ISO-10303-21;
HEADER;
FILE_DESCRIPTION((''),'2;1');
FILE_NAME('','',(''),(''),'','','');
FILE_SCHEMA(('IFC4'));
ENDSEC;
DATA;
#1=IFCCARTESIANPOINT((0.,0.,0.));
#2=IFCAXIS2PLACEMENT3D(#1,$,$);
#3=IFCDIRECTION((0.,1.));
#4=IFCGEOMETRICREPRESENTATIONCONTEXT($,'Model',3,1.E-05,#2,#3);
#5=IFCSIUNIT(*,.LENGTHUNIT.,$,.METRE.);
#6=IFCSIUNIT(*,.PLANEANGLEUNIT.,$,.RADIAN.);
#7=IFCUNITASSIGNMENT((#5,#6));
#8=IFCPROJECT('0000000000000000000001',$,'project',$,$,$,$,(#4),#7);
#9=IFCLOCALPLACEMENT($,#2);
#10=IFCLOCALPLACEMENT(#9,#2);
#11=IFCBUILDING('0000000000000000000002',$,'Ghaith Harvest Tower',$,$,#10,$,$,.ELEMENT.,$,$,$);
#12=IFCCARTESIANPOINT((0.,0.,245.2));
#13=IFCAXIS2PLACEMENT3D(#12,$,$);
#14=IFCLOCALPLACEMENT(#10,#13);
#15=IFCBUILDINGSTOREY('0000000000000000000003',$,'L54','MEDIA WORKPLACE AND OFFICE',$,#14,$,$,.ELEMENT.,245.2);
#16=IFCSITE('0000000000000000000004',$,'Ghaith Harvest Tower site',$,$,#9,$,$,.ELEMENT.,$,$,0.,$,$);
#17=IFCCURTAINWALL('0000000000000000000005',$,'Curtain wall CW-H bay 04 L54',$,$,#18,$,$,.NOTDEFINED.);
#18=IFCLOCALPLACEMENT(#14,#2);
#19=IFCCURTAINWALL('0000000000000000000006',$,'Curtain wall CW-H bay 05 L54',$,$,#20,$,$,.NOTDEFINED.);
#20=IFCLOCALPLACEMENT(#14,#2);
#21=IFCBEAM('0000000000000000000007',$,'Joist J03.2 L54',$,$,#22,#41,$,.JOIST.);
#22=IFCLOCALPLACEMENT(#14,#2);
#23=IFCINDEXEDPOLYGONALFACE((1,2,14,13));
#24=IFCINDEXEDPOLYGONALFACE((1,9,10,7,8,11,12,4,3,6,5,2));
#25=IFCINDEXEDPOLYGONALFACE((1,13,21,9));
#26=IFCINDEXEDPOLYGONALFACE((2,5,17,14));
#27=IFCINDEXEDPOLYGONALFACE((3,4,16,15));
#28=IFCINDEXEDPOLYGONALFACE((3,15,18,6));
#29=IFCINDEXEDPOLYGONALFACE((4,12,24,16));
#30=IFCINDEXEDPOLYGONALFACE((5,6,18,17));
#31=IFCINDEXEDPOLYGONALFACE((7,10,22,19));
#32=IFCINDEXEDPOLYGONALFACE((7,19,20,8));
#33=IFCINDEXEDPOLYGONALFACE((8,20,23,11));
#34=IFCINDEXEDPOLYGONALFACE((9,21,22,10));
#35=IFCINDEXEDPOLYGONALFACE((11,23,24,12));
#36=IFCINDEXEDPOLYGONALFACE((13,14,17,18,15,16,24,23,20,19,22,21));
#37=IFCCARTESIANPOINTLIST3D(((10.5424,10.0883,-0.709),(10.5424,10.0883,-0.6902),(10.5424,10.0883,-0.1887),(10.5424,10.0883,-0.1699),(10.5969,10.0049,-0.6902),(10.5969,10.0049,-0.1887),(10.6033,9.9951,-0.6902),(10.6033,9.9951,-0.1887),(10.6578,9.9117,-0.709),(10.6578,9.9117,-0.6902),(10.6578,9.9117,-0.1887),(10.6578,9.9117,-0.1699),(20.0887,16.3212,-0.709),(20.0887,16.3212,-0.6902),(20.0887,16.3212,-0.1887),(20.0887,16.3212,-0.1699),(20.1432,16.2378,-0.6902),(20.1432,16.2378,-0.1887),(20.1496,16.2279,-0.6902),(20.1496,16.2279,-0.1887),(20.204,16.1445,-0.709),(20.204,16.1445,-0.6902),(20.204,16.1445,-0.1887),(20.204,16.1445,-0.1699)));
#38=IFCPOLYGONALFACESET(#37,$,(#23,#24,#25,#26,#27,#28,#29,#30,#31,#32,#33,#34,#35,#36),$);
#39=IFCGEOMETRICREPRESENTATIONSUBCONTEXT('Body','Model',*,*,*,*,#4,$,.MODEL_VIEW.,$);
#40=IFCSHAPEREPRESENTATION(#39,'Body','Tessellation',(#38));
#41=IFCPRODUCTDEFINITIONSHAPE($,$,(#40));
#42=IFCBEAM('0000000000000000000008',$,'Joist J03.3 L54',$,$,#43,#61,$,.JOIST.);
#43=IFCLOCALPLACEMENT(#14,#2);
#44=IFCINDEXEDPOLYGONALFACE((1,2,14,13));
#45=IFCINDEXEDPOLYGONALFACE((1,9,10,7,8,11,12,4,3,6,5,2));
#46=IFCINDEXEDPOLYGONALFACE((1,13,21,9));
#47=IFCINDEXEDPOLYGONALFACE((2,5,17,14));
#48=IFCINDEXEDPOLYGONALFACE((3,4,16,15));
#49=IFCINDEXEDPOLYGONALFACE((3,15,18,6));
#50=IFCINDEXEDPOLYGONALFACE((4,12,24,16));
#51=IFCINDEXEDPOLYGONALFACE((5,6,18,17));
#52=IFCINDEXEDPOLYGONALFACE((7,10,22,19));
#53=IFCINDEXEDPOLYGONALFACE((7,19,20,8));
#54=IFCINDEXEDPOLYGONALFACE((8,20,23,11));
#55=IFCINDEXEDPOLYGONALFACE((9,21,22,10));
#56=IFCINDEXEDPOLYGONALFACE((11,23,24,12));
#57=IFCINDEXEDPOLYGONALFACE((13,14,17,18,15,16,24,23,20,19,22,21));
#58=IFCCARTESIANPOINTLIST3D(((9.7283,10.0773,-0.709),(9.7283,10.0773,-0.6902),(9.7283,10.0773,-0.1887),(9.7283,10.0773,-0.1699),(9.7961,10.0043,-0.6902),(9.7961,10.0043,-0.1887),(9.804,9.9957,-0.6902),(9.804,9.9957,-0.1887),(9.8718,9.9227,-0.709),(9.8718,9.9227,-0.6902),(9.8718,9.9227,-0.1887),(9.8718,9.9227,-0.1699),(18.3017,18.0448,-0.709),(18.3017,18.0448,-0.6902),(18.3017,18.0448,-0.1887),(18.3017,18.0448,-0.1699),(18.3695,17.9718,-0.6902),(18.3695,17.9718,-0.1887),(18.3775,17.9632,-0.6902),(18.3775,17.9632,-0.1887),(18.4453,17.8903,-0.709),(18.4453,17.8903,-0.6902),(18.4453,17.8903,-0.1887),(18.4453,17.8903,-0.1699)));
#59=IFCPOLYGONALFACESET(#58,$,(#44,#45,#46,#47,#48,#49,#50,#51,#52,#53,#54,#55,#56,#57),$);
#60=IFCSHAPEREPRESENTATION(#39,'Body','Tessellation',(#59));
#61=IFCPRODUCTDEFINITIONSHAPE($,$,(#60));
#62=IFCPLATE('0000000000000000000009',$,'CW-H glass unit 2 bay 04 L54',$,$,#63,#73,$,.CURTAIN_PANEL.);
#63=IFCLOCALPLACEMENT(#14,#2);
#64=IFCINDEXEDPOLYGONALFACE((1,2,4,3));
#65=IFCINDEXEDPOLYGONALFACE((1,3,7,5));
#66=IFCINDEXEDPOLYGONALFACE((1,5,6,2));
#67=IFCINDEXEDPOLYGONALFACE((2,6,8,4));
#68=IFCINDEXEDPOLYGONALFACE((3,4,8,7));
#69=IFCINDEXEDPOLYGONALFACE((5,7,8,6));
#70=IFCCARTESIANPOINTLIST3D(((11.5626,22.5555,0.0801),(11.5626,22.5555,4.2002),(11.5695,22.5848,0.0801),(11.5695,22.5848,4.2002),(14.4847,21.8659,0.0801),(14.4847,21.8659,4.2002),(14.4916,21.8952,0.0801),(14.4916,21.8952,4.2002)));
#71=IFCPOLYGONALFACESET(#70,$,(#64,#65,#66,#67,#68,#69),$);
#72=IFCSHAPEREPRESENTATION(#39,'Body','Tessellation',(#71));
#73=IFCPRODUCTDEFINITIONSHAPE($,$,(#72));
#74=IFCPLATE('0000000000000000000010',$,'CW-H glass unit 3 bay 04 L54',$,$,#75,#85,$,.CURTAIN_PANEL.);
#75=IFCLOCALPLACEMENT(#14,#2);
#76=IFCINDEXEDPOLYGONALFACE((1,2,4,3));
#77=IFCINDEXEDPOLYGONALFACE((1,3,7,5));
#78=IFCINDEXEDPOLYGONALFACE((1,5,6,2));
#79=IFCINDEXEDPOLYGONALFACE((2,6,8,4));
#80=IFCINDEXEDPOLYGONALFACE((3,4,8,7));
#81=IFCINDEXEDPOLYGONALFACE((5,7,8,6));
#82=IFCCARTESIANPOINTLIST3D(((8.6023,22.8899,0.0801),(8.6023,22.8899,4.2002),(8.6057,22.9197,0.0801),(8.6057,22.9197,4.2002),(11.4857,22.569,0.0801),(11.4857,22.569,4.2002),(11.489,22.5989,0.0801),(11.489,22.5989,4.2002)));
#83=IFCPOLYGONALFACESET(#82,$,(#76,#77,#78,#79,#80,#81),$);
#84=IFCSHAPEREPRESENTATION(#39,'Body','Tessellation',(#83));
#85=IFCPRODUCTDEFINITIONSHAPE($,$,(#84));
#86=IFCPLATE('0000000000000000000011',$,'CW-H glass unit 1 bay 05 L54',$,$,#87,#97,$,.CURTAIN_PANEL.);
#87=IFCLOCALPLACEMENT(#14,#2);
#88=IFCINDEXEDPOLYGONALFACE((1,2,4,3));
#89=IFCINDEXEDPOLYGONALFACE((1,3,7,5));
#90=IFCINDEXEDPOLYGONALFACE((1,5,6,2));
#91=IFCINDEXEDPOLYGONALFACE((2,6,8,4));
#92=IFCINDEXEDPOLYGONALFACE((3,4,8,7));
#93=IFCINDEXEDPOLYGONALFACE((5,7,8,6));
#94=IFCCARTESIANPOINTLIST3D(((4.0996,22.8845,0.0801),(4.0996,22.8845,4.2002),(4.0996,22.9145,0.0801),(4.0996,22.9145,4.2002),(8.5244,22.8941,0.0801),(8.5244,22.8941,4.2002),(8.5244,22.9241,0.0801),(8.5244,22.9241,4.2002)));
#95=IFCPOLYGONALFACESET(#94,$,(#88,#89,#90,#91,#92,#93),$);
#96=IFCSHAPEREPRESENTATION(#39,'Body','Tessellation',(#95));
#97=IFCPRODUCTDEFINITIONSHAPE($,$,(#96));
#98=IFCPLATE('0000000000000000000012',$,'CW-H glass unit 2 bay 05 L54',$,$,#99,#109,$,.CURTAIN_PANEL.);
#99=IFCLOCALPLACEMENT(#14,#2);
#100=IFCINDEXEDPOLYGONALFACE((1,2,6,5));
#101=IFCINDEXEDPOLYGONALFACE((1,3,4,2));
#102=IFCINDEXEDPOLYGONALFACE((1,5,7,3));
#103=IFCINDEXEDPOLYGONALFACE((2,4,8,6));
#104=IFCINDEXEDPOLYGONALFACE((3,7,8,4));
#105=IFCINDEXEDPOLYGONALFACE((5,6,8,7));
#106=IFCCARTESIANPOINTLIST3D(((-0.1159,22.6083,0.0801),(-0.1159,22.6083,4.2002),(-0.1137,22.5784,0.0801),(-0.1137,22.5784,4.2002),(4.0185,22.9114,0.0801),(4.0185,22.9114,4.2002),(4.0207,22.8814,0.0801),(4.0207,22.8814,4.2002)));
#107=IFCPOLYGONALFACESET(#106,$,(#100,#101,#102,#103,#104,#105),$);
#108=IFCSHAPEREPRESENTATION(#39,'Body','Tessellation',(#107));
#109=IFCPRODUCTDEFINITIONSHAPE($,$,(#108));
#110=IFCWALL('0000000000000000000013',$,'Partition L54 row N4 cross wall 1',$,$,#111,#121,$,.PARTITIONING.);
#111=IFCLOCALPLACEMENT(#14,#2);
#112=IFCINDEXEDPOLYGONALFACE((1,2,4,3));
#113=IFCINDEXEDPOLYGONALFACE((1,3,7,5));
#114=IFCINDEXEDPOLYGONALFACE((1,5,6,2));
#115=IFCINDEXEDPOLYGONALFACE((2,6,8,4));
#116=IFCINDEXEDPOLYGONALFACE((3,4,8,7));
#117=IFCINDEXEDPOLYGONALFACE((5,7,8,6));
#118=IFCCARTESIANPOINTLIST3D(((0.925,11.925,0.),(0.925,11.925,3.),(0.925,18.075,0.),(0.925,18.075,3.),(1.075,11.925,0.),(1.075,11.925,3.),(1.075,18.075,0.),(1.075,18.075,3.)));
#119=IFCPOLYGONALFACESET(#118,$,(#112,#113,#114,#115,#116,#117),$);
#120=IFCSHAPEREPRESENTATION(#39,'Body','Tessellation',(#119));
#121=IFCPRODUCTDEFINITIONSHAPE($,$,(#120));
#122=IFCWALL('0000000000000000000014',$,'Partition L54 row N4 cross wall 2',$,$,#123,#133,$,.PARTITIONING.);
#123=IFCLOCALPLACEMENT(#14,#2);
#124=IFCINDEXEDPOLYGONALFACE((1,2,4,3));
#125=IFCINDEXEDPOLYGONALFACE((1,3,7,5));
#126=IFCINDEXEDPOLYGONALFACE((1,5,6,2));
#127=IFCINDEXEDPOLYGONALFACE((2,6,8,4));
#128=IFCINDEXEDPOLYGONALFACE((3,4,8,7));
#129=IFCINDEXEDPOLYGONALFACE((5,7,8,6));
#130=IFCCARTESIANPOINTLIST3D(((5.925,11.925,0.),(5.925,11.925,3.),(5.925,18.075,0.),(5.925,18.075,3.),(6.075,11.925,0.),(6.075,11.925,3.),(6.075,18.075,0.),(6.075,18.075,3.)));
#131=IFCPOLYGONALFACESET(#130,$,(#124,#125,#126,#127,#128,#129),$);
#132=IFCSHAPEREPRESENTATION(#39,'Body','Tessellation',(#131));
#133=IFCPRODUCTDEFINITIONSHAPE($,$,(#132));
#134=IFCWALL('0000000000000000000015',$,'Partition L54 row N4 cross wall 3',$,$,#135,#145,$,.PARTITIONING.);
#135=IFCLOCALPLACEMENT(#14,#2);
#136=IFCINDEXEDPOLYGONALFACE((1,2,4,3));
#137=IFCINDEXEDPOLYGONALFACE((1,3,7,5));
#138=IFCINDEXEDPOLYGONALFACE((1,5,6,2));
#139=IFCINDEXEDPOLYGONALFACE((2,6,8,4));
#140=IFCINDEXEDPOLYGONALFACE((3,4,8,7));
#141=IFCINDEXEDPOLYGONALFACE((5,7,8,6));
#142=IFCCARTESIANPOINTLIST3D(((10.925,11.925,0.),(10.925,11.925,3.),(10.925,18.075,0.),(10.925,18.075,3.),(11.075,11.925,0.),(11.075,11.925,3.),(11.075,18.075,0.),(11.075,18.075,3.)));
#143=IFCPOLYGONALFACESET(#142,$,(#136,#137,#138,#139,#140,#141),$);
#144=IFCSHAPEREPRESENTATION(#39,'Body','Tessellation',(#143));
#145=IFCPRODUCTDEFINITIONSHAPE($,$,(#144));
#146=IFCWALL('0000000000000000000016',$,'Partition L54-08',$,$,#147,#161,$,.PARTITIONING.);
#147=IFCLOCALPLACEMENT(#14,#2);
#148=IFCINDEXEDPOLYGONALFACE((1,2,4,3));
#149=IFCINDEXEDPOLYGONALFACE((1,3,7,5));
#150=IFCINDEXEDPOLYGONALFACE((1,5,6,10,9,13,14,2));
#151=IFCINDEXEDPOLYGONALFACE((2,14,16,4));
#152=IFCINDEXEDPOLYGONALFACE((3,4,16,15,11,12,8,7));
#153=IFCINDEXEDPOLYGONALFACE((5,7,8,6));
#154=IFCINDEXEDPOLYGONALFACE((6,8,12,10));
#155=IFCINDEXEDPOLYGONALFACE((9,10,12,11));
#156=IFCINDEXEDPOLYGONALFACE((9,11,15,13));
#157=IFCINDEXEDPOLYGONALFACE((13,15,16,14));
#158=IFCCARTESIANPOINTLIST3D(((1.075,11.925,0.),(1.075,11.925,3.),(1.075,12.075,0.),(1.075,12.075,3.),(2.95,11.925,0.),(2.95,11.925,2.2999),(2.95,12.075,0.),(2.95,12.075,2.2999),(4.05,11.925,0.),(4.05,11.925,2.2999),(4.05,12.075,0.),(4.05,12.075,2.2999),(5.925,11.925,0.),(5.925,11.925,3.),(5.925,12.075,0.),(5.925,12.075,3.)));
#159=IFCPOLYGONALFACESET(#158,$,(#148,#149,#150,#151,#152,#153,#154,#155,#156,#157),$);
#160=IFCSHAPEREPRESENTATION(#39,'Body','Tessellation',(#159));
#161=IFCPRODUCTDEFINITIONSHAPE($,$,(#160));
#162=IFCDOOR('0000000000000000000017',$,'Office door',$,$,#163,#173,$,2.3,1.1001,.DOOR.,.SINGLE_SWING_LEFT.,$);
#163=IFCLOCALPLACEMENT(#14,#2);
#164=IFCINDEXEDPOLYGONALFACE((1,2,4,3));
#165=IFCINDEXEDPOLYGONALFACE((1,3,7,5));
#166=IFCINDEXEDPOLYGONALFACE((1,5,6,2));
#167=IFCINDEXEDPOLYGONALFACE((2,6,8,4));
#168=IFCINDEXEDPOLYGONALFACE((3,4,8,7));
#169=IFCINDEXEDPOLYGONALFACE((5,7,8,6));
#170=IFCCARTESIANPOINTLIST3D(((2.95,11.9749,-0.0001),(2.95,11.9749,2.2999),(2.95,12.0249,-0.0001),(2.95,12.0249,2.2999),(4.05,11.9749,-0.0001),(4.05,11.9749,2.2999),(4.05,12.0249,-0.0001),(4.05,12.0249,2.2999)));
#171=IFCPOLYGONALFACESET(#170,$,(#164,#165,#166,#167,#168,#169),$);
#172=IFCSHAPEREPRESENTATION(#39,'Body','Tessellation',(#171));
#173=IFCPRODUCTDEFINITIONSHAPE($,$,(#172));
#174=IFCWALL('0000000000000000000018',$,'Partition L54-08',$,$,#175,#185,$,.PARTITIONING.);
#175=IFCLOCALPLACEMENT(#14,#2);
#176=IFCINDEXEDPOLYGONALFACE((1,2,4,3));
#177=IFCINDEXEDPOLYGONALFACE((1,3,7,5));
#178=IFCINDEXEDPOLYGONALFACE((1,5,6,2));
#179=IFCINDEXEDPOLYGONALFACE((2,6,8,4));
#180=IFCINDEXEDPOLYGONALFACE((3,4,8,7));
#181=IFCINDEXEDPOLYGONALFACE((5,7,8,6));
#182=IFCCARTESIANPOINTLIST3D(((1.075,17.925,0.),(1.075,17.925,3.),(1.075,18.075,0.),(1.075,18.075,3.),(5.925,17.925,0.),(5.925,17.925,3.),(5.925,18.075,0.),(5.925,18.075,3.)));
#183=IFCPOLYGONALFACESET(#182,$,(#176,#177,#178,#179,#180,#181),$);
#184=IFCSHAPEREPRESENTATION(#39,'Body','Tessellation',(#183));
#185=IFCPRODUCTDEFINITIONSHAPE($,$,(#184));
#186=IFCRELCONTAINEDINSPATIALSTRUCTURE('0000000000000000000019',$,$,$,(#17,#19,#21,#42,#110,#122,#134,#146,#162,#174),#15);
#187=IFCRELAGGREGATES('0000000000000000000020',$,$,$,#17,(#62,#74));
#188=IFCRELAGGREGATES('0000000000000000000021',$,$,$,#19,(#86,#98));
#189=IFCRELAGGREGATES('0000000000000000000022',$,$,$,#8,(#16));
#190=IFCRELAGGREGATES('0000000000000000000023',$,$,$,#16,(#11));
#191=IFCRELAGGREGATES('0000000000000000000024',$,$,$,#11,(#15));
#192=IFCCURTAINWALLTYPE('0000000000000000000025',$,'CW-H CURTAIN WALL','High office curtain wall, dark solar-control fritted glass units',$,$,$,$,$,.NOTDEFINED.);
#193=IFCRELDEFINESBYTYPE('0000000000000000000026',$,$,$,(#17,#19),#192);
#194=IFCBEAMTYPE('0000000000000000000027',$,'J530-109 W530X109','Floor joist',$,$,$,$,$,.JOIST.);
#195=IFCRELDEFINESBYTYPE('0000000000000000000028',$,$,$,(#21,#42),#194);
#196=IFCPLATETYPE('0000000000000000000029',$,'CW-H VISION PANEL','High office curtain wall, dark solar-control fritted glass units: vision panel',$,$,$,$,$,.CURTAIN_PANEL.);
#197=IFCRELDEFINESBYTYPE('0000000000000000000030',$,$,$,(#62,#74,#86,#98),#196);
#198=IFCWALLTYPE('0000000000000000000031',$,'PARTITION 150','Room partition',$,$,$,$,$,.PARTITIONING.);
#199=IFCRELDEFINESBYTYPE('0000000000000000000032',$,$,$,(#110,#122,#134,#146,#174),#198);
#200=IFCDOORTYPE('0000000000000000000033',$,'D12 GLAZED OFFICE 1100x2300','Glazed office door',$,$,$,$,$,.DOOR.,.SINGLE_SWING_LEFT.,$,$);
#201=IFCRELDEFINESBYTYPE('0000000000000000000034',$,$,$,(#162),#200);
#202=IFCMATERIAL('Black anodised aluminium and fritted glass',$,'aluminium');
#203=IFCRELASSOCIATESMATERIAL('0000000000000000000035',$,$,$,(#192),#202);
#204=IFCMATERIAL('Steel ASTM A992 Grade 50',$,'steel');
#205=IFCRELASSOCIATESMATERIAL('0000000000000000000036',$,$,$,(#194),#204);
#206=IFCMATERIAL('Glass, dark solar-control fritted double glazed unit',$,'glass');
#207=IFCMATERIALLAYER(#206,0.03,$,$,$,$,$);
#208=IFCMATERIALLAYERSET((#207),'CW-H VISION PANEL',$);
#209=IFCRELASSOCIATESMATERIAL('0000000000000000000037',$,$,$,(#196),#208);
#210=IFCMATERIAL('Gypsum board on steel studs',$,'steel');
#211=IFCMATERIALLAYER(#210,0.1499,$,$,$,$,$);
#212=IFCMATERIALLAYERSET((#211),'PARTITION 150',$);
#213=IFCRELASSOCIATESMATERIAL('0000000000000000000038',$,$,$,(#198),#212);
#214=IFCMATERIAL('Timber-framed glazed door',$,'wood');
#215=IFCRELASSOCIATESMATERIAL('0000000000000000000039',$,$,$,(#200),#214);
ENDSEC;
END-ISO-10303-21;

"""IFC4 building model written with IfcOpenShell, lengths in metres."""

from ifc_helpers import new_model, si_unit, direction, frame, frame_2d, origin, origin_2d, place, context, subcontext, project, spatial, rectangle, i_section, extrude, material, layer, layer_set, material_profile, profile_set, type_object, element, fill, aggregate, save


model = new_model("IFC4")

# Units and contexts
model_context = context("Model", 3, precision=1e-05, world=origin(), true_north=direction((0.0, 1.0)))
body_context = subcontext(model_context, "Body", "Model", "MODEL_VIEW")
ifc_project = project(units=[si_unit("LENGTHUNIT", "METRE"), si_unit("PLANEANGLEUNIT", "RADIAN")], contexts=[model_context])

# Site, building, storey
site_placement = place(None, origin())
site = spatial("IfcSite", under=ifc_project, at=site_placement, Name="Ghaith Harvest Tower site", CompositionType="ELEMENT", RefElevation=0.0)
building_placement = place(site_placement, origin())
building = spatial("IfcBuilding", under=site, at=building_placement, Name="Ghaith Harvest Tower", CompositionType="ELEMENT")
storey_placement = place(building_placement, frame((0.0, 0.0, 245.2)))
storey = spatial("IfcBuildingStorey", under=building, at=storey_placement, Name="L54", Description="MEDIA WORKPLACE AND OFFICE", CompositionType="ELEMENT", Elevation=245.2)

# Curtain wall
ifc_material_1 = material(Name="Black anodised aluminium and fritted glass", Category="aluminium")
curtain_wall_type = type_object("IfcCurtainWallType", Name="CW-H CURTAIN WALL", Description="High office curtain wall, dark solar-control fritted glass units", PredefinedType="NOTDEFINED", material=ifc_material_1)
curtain_wall_1_placement = place(storey_placement, origin())
curtain_wall_1 = element("IfcCurtainWall", 1, at=curtain_wall_1_placement, inside=storey, type_object=curtain_wall_type, Name="Curtain wall CW-H bay 04 L54", PredefinedType="NOTDEFINED")

# Curtain wall
curtain_wall_2_placement = place(storey_placement, origin())
curtain_wall_2 = element("IfcCurtainWall", 2, at=curtain_wall_2_placement, inside=storey, type_object=curtain_wall_type, Name="Curtain wall CW-H bay 05 L54", PredefinedType="NOTDEFINED")

# Beams
ifc_material_2 = material(Name="Steel ASTM A992 Grade 50", Category="steel")
ifc_material_profile_1 = material_profile(ifc_material_2, i_section(OverallWidth=0.2109, OverallDepth=0.5391, WebThickness=0.0117, FlangeThickness=0.0188, at=origin_2d()), Name="W530X109")
ifc_profile_set_1 = profile_set([ifc_material_profile_1], Name="Steel ASTM A992 Grade 50")
beam_type_1 = type_object("IfcBeamType", Name="J530-109 W530X109", Description="Floor joist", PredefinedType="JOIST", material=ifc_profile_set_1)
beam_1_placement = place(storey_placement, frame((10.6001, 10.0, -0.4395), z_axis=(0.837329, 0.546699, 0.0), x_axis=(-0.546699, 0.837329, 0.0)))
element("IfcBeam", 3, at=beam_1_placement, inside=storey, type_object=beam_type_1, Name="Joist J03.2 L54", PredefinedType="JOIST", context=body_context, shape_type="SweptSolid", body=[
    extrude(i_section(OverallWidth=0.2109, OverallDepth=0.5391, WebThickness=0.0117, FlangeThickness=0.0188, at=origin_2d()), origin(), (0.0, 0.0, 1.0), 11.4009),
])
beam_2_placement = place(storey_placement, frame((9.8, 10.0, -0.4395), z_axis=(0.732519, 0.680746, 0.0), x_axis=(-0.680746, 0.732519, 0.0)))
element("IfcBeam", 4, at=beam_2_placement, inside=storey, type_object=beam_type_1, Name="Joist J03.3 L54", PredefinedType="JOIST", context=body_context, shape_type="SweptSolid", body=[
    extrude(i_section(OverallWidth=0.2109, OverallDepth=0.5391, WebThickness=0.0117, FlangeThickness=0.0188, at=origin_2d()), origin(), (0.0, 0.0, 1.0), 11.7041),
])

# Plates
ifc_material_3 = material(Name="Glass, dark solar-control fritted double glazed unit", Category="glass")
ifc_layer_1 = layer(ifc_material_3, 0.03)
ifc_layer_set_1 = layer_set([ifc_layer_1], Name="CW-H VISION PANEL")
plate_type = type_object("IfcPlateType", Name="CW-H VISION PANEL", Description="High office curtain wall, dark solar-control fritted glass units: vision panel", PredefinedType="CURTAIN_PANEL", material=ifc_layer_set_1)
plate_1_placement = place(storey_placement, frame((13.0271, 22.2253, 0.0801), z_axis=(0.0, 0.0, 1.0), x_axis=(-0.973266, 0.22968, 0.0)))
plate_1 = element("IfcPlate", 5, at=plate_1_placement, type_object=plate_type, Name="CW-H glass unit 2 bay 04 L54", PredefinedType="CURTAIN_PANEL", context=body_context, shape_type="SweptSolid", body=[
    extrude(rectangle(XDim=3.0024, YDim=0.03, at=origin_2d()), origin(), (0.0, 0.0, 1.0), 4.1201),
])
plate_2_placement = place(storey_placement, frame((10.0457, 22.7444, 0.0801), z_axis=(0.0, 0.0, 1.0), x_axis=(-0.993865, 0.110598, 0.0)))
plate_2 = element("IfcPlate", 6, at=plate_2_placement, type_object=plate_type, Name="CW-H glass unit 3 bay 04 L54", PredefinedType="CURTAIN_PANEL", context=body_context, shape_type="SweptSolid", body=[
    extrude(rectangle(XDim=2.9011, YDim=0.03, at=origin_2d()), origin(), (0.0, 0.0, 1.0), 4.1201),
])
aggregate(curtain_wall_1, [plate_1, plate_2])
plate_3_placement = place(storey_placement, frame((6.312, 22.9043, 0.0801), z_axis=(0.0, 0.0, 1.0), x_axis=(-0.999998, -0.002171, 0.0)))
plate_3 = element("IfcPlate", 7, at=plate_3_placement, type_object=plate_type, Name="CW-H glass unit 1 bay 05 L54", PredefinedType="CURTAIN_PANEL", context=body_context, shape_type="SweptSolid", body=[
    extrude(rectangle(XDim=4.4248, YDim=0.03, at=origin_2d()), origin(), (0.0, 0.0, 1.0), 4.1201),
])
plate_4_placement = place(storey_placement, frame((1.9524, 22.7449, 0.0801), z_axis=(0.0, 0.0, 1.0), x_axis=(-0.997325, -0.073101, 0.0)))
plate_4 = element("IfcPlate", 8, at=plate_4_placement, type_object=plate_type, Name="CW-H glass unit 2 bay 05 L54", PredefinedType="CURTAIN_PANEL", context=body_context, shape_type="SweptSolid", body=[
    extrude(rectangle(XDim=4.1455, YDim=0.03, at=origin_2d()), origin(), (0.0, 0.0, 1.0), 4.1201),
])
aggregate(curtain_wall_2, [plate_3, plate_4])

# Walls
ifc_material_4 = material(Name="Gypsum board on steel studs", Category="steel")
ifc_layer_2 = layer(ifc_material_4, 0.1499)
ifc_layer_set_2 = layer_set([ifc_layer_2], Name="PARTITION 150")
wall_type = type_object("IfcWallType", Name="PARTITION 150", Description="Room partition", PredefinedType="PARTITIONING", material=ifc_layer_set_2)
for number, where, z_axis, x_axis, name in (
    (9, (1.0, 11.925, 0.0), (0.0, 0.0, 1.0), (0.0, 1.0, 0.0), "Partition L54 row N4 cross wall 1"),
    (10, (6.0, 11.925, 0.0), (0.0, 0.0, 1.0), (0.0, 1.0, 0.0), "Partition L54 row N4 cross wall 2"),
    (11, (11.0, 11.925, 0.0), (0.0, 0.0, 1.0), (0.0, 1.0, 0.0), "Partition L54 row N4 cross wall 3"),
):
    element("IfcWall", number, at=place(storey_placement, frame(where, z_axis=z_axis, x_axis=x_axis)), inside=storey, type_object=wall_type, Name=name, PredefinedType="PARTITIONING", context=body_context, shape_type="SweptSolid", body=[
        extrude(rectangle(XDim=6.1499, YDim=0.1499, at=frame_2d((3.075, 0.0))), origin(), (0.0, 0.0, 1.0), 3.0),
    ])

# Wall, opening, door
wall_1_placement = place(storey_placement, frame((1.075, 12.0, 0.0), z_axis=(0.0, 0.0, 1.0), x_axis=(1.0, 0.0, 0.0)))
wall_1 = element("IfcWall", 12, at=wall_1_placement, inside=storey, type_object=wall_type, Name="Partition L54-08", PredefinedType="PARTITIONING", context=body_context, shape_type="SweptSolid", body=[
    extrude(rectangle(XDim=4.8501, YDim=0.1499, at=frame_2d((2.425, 0.0))), origin(), (0.0, 0.0, 1.0), 3.0),
])
opening_1_placement = place(wall_1_placement, frame((1.875, 0.0, 0.0)))
opening_1 = element("IfcOpeningElement", 13, at=opening_1_placement, cuts=wall_1, PredefinedType="OPENING", context=body_context, shape_type="SweptSolid", body=[
    extrude(rectangle(XDim=1.1001, YDim=2.3, at=frame_2d((0.55, 1.1499))), frame((0.0, 0.085, 0.0), z_axis=(0.0, -1.0, 0.0), x_axis=(1.0, 0.0, 0.0)), (0.0, 0.0, 1.0), 0.1699),
])
ifc_material_5 = material(Name="Timber-framed glazed door", Category="wood")
door_type = type_object("IfcDoorType", Name="D12 GLAZED OFFICE 1100x2300", Description="Glazed office door", OperationType="SINGLE_SWING_LEFT", PredefinedType="DOOR", material=ifc_material_5)
door_1_placement = place(opening_1_placement, origin())
door_1 = element("IfcDoor", 14, at=door_1_placement, inside=storey, type_object=door_type, Name="Office door", OperationType="SINGLE_SWING_LEFT", OverallHeight=2.3, OverallWidth=1.1001, PredefinedType="DOOR", context=body_context, shape_type="SweptSolid", body=[
    extrude(rectangle(XDim=1.1001, YDim=2.3, at=frame_2d((0.55, 1.1499))), frame((0.0, 0.0249, 0.0), z_axis=(0.0, -1.0, 0.0), x_axis=(1.0, 0.0, 0.0)), (0.0, 0.0, 1.0), 0.05),
])
fill(opening_1, door_1)

# Wall
wall_2_placement = place(storey_placement, frame((1.075, 18.0, 0.0), z_axis=(0.0, 0.0, 1.0), x_axis=(1.0, 0.0, 0.0)))
element("IfcWall", 15, at=wall_2_placement, inside=storey, type_object=wall_type, Name="Partition L54-08", PredefinedType="PARTITIONING", context=body_context, shape_type="SweptSolid", body=[
    extrude(rectangle(XDim=4.8501, YDim=0.1499, at=frame_2d((2.425, 0.0))), origin(), (0.0, 0.0, 1.0), 3.0),
])

save(model, "model.ifc")
